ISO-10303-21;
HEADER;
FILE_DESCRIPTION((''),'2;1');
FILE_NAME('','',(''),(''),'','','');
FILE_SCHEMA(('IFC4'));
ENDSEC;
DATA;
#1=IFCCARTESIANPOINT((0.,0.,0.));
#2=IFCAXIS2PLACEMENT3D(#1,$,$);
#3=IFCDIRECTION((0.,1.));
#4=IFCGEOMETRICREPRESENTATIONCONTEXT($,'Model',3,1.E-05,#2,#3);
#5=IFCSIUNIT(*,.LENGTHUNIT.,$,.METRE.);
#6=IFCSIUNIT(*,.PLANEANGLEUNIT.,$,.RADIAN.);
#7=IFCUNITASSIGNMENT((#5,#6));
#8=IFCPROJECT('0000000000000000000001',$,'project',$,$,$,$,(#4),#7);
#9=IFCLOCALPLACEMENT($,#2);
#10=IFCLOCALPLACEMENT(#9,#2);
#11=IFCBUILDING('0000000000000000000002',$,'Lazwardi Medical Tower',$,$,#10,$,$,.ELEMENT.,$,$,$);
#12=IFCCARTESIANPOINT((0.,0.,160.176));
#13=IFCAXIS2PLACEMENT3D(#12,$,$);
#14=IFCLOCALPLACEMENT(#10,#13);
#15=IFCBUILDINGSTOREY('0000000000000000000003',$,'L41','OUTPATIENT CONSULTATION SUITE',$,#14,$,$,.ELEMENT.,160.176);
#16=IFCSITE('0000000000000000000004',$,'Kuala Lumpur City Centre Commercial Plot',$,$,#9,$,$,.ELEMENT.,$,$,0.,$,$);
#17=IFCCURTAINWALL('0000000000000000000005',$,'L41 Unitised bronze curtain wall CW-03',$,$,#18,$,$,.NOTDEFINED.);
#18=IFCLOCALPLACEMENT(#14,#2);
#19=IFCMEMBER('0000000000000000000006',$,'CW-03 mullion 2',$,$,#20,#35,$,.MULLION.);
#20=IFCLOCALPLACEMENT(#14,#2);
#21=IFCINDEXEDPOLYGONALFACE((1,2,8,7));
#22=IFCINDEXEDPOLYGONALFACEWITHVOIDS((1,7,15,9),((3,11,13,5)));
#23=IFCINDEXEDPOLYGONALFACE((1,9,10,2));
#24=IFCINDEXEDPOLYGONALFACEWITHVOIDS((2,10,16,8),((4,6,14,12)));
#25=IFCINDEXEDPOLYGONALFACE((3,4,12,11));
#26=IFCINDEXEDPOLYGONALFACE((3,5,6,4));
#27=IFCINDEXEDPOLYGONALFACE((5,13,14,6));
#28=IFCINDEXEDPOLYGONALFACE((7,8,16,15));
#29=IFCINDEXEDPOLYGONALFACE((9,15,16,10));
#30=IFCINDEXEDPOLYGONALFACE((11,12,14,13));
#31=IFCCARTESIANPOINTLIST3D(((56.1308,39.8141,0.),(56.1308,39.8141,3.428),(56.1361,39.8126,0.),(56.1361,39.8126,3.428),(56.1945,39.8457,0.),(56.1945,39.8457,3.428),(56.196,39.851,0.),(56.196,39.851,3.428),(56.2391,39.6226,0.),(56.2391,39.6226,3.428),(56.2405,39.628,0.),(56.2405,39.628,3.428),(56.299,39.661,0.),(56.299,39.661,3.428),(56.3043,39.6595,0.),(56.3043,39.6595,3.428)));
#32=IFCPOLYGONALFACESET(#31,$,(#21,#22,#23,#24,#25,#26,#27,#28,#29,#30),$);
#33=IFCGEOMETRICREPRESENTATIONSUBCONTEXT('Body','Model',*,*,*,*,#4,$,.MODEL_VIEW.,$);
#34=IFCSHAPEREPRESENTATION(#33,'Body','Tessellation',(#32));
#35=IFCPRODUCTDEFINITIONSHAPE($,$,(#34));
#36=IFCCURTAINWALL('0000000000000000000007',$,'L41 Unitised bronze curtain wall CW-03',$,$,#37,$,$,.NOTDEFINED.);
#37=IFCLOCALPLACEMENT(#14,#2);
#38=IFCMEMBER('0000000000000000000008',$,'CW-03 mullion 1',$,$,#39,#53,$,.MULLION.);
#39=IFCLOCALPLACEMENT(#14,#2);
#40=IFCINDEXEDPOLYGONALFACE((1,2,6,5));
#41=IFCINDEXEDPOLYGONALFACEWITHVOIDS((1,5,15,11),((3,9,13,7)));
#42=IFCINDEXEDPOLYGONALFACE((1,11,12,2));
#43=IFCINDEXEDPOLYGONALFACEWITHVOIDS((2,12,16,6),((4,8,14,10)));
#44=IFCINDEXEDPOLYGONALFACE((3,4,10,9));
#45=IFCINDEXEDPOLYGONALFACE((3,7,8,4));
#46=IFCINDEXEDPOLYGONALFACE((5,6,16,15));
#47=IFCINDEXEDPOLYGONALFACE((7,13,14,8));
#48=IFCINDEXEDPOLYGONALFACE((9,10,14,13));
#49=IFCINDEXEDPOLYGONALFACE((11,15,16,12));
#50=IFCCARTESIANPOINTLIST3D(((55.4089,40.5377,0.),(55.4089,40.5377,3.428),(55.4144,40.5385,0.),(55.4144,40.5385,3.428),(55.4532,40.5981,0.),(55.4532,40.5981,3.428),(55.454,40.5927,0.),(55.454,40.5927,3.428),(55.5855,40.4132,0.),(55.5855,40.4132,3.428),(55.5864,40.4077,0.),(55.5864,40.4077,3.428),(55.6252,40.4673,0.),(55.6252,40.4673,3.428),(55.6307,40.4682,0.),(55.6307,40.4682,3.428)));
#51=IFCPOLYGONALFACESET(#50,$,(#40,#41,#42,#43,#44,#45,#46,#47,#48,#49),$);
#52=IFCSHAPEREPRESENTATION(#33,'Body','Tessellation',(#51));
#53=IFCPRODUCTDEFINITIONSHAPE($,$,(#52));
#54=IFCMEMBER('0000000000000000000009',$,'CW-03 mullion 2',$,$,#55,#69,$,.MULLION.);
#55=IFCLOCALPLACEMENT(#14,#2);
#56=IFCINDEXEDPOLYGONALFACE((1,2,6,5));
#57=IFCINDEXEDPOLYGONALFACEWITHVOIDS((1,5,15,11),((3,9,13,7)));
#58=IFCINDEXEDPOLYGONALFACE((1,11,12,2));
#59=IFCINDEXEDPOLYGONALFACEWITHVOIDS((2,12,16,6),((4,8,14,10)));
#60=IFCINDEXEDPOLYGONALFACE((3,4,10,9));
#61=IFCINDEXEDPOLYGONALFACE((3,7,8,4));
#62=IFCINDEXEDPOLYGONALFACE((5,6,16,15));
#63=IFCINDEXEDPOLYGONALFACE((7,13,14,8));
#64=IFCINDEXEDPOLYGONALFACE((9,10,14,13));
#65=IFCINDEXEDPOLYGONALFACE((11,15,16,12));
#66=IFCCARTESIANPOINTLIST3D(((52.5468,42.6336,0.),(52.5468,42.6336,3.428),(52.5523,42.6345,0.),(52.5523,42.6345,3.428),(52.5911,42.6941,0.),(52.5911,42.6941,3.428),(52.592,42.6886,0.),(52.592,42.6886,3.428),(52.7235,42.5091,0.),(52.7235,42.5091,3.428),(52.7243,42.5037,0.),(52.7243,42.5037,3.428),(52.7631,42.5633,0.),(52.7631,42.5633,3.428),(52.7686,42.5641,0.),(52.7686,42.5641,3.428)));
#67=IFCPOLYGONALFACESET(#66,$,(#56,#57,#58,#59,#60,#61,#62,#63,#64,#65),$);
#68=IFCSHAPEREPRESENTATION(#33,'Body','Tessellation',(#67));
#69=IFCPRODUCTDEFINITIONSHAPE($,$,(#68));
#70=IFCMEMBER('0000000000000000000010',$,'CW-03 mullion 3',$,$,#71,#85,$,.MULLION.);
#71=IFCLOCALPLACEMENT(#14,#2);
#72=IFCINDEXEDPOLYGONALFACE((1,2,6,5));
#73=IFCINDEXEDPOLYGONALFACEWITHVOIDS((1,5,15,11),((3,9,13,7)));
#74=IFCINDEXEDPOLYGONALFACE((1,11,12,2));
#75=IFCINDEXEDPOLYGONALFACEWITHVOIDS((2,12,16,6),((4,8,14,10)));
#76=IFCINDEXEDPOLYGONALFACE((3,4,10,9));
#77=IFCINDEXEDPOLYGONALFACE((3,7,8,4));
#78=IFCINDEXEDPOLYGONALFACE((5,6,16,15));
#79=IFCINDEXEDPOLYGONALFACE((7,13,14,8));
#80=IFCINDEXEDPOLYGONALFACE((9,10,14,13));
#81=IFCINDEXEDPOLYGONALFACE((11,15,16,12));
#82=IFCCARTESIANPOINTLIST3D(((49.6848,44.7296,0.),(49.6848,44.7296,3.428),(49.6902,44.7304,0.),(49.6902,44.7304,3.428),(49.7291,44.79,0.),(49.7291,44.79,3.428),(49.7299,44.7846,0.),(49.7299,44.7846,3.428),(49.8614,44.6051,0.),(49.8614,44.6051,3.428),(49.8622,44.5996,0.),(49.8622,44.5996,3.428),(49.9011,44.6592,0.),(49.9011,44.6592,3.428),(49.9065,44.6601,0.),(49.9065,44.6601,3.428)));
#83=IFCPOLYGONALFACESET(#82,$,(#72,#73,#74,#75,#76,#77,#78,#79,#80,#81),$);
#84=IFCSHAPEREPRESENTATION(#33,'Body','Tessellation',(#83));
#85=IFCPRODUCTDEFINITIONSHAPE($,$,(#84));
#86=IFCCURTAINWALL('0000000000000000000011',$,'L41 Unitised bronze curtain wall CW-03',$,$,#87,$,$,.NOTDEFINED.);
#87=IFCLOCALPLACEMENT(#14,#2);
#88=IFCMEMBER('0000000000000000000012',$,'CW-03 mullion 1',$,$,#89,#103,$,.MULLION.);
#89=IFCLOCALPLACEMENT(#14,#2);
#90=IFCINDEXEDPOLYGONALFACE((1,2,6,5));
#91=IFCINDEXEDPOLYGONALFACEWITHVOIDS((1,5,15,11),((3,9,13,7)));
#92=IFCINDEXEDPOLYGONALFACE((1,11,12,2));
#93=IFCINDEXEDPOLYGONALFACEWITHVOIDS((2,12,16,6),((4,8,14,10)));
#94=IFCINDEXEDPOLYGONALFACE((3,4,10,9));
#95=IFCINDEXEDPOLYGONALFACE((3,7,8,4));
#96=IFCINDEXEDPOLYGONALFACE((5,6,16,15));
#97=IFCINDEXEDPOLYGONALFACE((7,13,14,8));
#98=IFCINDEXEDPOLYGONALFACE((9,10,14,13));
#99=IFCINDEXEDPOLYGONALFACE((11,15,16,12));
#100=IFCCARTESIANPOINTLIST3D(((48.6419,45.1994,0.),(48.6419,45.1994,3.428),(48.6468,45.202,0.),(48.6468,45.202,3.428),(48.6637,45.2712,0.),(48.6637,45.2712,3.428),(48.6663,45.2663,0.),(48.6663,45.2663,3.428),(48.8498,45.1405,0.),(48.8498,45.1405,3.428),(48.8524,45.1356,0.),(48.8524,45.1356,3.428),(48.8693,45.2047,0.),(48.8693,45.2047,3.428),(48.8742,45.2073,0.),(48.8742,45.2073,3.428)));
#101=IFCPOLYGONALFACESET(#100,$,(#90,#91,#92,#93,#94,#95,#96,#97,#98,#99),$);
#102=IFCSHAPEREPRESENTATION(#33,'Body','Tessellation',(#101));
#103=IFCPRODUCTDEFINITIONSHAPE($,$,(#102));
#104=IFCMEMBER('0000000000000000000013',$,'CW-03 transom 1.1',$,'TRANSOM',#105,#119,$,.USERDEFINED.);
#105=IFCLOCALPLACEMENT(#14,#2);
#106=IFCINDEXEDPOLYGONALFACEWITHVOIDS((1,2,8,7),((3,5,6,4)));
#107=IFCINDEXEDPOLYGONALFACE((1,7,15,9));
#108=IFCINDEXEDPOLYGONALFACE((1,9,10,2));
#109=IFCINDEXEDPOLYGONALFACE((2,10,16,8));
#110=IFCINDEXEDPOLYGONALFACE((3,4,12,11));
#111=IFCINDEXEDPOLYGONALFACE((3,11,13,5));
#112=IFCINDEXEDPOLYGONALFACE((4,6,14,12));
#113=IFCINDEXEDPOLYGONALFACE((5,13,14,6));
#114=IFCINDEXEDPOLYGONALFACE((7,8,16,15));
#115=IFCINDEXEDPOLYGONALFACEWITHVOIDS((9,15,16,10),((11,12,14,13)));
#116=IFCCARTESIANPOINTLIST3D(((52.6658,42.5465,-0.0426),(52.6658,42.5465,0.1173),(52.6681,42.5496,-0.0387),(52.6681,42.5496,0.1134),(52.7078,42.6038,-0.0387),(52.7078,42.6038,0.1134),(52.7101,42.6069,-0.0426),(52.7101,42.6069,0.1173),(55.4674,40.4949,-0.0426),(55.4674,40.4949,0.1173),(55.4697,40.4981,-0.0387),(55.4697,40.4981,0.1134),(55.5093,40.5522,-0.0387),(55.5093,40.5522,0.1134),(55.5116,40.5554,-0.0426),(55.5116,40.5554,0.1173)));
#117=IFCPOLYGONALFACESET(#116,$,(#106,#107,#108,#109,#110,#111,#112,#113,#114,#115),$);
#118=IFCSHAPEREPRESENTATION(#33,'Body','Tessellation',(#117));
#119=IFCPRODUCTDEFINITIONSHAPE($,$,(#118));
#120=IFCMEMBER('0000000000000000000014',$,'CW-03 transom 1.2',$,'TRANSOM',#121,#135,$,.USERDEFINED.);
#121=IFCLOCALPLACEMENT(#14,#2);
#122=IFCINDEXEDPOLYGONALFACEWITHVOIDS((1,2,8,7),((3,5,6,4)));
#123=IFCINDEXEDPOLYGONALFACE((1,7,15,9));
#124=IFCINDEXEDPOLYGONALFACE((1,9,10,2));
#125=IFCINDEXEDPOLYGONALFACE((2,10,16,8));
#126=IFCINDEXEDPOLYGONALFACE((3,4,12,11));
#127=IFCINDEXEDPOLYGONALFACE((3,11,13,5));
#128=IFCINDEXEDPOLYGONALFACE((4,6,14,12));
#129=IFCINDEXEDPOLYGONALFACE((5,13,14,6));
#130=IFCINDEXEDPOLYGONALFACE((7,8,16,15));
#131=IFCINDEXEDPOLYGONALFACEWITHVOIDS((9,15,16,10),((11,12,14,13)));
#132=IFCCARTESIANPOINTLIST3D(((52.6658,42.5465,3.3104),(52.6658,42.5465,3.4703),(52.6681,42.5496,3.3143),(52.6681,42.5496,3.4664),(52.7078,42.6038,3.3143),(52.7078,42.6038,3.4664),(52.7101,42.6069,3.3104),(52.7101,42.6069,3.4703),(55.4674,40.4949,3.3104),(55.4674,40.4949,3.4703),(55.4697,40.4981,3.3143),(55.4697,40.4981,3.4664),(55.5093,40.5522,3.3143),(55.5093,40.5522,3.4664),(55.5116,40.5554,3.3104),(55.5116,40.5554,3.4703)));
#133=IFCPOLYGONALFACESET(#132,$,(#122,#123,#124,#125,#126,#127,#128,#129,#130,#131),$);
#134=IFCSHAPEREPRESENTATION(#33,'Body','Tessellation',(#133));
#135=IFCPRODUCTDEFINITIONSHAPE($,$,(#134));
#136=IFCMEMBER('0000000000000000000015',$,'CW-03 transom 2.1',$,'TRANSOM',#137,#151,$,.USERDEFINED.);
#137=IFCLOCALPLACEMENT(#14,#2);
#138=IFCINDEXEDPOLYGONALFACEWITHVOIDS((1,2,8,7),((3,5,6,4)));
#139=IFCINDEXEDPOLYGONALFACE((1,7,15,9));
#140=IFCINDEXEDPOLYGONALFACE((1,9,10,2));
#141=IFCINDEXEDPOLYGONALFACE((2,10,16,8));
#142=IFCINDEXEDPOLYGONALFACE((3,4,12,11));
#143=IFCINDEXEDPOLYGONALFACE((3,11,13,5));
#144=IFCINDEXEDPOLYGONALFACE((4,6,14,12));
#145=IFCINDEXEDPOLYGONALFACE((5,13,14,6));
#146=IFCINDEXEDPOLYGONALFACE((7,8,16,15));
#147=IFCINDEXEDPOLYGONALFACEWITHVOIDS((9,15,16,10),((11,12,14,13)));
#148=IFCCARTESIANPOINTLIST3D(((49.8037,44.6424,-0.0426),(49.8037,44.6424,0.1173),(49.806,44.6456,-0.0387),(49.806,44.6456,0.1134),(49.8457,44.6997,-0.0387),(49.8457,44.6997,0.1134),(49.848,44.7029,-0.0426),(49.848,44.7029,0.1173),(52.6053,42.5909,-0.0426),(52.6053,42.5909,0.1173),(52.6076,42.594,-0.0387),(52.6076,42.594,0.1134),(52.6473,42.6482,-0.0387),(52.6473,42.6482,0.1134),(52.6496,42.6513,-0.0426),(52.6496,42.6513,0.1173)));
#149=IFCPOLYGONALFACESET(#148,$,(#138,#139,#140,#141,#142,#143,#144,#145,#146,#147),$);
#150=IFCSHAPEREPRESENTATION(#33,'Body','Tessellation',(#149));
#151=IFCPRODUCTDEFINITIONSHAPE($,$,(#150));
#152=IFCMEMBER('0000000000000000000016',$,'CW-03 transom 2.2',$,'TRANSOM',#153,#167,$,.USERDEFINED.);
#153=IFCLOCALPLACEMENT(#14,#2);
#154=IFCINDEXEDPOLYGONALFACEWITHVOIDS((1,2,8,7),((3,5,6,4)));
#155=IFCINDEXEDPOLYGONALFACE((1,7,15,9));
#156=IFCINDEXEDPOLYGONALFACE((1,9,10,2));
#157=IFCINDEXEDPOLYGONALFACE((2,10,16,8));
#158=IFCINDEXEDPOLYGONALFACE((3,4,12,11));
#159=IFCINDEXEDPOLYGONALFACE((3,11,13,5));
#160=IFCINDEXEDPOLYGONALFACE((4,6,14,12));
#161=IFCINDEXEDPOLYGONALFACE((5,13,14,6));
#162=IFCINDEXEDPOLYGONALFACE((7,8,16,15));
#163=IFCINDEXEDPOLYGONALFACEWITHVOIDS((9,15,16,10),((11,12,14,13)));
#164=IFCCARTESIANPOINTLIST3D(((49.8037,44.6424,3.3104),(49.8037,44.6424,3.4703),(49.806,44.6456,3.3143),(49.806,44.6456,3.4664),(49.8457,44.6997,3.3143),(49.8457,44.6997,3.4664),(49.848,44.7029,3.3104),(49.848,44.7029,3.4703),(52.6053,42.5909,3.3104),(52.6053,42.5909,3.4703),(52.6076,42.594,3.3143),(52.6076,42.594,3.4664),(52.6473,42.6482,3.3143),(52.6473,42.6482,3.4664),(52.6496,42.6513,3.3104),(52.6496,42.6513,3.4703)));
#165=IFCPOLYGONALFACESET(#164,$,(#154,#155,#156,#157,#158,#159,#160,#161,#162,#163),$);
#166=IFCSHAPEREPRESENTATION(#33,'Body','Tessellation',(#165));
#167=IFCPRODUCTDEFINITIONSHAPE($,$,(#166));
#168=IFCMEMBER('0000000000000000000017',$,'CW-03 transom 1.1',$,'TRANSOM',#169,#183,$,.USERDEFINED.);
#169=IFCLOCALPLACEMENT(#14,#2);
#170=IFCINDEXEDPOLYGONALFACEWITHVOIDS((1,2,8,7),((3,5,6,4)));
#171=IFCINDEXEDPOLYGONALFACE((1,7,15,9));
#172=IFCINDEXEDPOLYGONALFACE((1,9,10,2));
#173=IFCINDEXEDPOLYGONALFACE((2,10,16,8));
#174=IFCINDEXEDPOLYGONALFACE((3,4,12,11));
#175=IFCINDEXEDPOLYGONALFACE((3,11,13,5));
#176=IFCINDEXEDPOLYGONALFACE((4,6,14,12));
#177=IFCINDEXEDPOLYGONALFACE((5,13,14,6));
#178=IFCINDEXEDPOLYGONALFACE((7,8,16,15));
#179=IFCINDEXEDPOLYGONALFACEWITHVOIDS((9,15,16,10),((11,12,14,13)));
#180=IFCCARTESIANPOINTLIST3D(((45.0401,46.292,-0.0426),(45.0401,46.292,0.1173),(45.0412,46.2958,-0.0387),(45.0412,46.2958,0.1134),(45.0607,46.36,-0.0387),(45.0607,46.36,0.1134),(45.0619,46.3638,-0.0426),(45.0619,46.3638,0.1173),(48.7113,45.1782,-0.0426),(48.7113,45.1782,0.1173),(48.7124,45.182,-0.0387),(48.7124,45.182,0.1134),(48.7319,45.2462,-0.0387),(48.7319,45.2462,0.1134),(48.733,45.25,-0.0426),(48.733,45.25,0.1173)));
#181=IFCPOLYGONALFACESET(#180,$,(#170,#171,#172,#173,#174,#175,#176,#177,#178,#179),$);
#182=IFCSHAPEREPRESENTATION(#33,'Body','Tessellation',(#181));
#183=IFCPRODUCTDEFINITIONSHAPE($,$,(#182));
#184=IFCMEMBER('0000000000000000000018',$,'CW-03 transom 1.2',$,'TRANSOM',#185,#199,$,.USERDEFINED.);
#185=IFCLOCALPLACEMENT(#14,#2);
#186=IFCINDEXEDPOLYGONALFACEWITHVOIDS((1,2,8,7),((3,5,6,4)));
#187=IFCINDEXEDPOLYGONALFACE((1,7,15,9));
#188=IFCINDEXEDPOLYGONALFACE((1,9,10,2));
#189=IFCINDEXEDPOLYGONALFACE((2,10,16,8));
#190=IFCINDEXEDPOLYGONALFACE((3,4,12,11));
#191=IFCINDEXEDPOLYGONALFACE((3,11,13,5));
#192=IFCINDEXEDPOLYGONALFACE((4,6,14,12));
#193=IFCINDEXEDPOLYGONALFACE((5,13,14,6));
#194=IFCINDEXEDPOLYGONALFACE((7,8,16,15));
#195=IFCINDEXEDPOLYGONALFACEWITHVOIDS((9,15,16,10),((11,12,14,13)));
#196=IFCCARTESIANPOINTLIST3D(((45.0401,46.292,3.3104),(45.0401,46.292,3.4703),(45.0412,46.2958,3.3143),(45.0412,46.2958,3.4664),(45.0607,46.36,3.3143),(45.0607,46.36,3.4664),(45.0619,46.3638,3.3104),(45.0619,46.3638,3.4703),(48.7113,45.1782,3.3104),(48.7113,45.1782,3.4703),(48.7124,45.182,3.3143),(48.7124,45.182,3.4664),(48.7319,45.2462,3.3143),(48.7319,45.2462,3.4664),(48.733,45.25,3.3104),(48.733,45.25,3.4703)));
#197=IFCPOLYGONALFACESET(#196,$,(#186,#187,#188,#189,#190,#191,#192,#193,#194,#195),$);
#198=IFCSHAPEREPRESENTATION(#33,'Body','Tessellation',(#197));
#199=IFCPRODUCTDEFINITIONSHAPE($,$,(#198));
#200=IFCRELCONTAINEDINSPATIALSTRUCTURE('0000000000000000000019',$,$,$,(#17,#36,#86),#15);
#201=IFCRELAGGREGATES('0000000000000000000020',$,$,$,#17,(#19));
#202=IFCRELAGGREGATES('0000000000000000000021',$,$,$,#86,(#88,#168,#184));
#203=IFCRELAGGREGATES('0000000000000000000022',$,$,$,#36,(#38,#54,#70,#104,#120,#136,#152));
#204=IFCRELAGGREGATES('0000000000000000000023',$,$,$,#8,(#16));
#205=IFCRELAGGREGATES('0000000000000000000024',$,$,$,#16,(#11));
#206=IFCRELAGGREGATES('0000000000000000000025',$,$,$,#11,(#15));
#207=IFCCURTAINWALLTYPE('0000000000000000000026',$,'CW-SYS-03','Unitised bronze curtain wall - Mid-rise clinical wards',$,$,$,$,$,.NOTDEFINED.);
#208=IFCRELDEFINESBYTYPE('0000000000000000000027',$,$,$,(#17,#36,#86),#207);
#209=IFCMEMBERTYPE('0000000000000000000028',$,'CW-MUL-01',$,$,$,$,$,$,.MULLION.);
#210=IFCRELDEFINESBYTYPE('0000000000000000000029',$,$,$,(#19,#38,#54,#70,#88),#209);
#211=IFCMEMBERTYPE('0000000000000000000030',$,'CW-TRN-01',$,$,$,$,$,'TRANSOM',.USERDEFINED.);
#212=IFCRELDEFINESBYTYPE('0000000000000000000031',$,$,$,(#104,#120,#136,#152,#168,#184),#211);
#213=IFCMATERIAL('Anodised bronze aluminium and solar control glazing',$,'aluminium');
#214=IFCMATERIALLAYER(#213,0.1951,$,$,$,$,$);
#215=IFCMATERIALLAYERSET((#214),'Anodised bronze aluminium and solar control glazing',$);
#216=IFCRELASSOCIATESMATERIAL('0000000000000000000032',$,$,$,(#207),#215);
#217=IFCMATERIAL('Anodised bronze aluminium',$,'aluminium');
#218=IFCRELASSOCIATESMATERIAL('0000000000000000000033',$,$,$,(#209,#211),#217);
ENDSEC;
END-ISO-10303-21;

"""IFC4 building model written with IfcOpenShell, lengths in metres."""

from ifc_helpers import new_model, si_unit, direction, frame, origin, origin_2d, place, context, subcontext, project, spatial, hollow_rectangle, extrude, material, layer, layer_set, material_profile, profile_set, type_object, element, aggregate, save


model = new_model("IFC4")

# Units and contexts
model_context = context("Model", 3, precision=1e-05, world=origin(), true_north=direction((0.0, 1.0)))
body_context = subcontext(model_context, "Body", "Model", "MODEL_VIEW")
ifc_project = project(units=[si_unit("LENGTHUNIT", "METRE"), si_unit("PLANEANGLEUNIT", "RADIAN")], contexts=[model_context])

# Site, building, storey
site_placement = place(None, origin())
site = spatial("IfcSite", under=ifc_project, at=site_placement, Name="Kuala Lumpur City Centre Commercial Plot", CompositionType="ELEMENT", RefElevation=0.0)
building_placement = place(site_placement, origin())
building = spatial("IfcBuilding", under=site, at=building_placement, Name="Lazwardi Medical Tower", CompositionType="ELEMENT")
storey_placement = place(building_placement, frame((0.0, 0.0, 160.176)))
storey = spatial("IfcBuildingStorey", under=building, at=storey_placement, Name="L41", Description="OUTPATIENT CONSULTATION SUITE", CompositionType="ELEMENT", Elevation=160.176)

# Curtain wall, member
ifc_material_1 = material(Name="Anodised bronze aluminium and solar control glazing", Category="aluminium")
ifc_layer_1 = layer(ifc_material_1, 0.1951)
ifc_layer_set_1 = layer_set([ifc_layer_1], Name="Anodised bronze aluminium and solar control glazing")
curtain_wall_type = type_object("IfcCurtainWallType", Name="CW-SYS-03", Description="Unitised bronze curtain wall - Mid-rise clinical wards", PredefinedType="NOTDEFINED", material=ifc_layer_set_1)
curtain_wall_1_placement = place(storey_placement, origin())
curtain_wall_1 = element("IfcCurtainWall", 1, at=curtain_wall_1_placement, inside=storey, type_object=curtain_wall_type, Name="L41 Unitised bronze curtain wall CW-03", PredefinedType="NOTDEFINED")
ifc_material_2 = material(Name="Anodised bronze aluminium", Category="aluminium")
ifc_material_profile_1 = material_profile(ifc_material_2, hollow_rectangle(XDim=0.075, YDim=0.22, WallThickness=0.0039, at=origin_2d()), Name="ALU-MULLION 220x75x4")
ifc_profile_set_1 = profile_set([ifc_material_profile_1], Name="Anodised bronze aluminium")
member_type_1 = type_object("IfcMemberType", Name="CW-MUL-01", PredefinedType="MULLION", material=ifc_profile_set_1)
member_1_placement = place(storey_placement, frame((56.2175, 39.7368, 0.0), z_axis=(0.0, 0.0, 1.0), x_axis=(-0.870419, -0.492312, 0.0)))
member_1 = element("IfcMember", 2, at=member_1_placement, type_object=member_type_1, Name="CW-03 mullion 2", PredefinedType="MULLION", context=body_context, shape_type="SweptSolid", body=[
    extrude(hollow_rectangle(XDim=0.075, YDim=0.22, WallThickness=0.0039, at=origin_2d()), origin(), (0.0, 0.0, 1.0), 3.428),
])
aggregate(curtain_wall_1, [member_1])

# Curtain wall, members
curtain_wall_2_placement = place(storey_placement, origin())
curtain_wall_2 = element("IfcCurtainWall", 3, at=curtain_wall_2_placement, inside=storey, type_object=curtain_wall_type, Name="L41 Unitised bronze curtain wall CW-03", PredefinedType="NOTDEFINED")
member_2_placement = place(storey_placement, frame((55.5198, 40.5029, 0.0), z_axis=(0.0, 0.0, 1.0), x_axis=(-0.590834, -0.806793, 0.0)))
member_2 = element("IfcMember", 4, at=member_2_placement, type_object=member_type_1, Name="CW-03 mullion 1", PredefinedType="MULLION", context=body_context, shape_type="SweptSolid", body=[
    extrude(hollow_rectangle(XDim=0.075, YDim=0.22, WallThickness=0.0039, at=origin_2d()), origin(), (0.0, 0.0, 1.0), 3.428),
])
member_3_placement = place(storey_placement, frame((52.6577, 42.5989, 0.0), z_axis=(0.0, 0.0, 1.0), x_axis=(-0.590834, -0.806793, 0.0)))
member_3 = element("IfcMember", 5, at=member_3_placement, type_object=member_type_1, Name="CW-03 mullion 2", PredefinedType="MULLION", context=body_context, shape_type="SweptSolid", body=[
    extrude(hollow_rectangle(XDim=0.075, YDim=0.22, WallThickness=0.0039, at=origin_2d()), origin(), (0.0, 0.0, 1.0), 3.428),
])
member_4_placement = place(storey_placement, frame((49.7957, 44.6948, 0.0), z_axis=(0.0, 0.0, 1.0), x_axis=(-0.590834, -0.806793, 0.0)))
member_4 = element("IfcMember", 6, at=member_4_placement, type_object=member_type_1, Name="CW-03 mullion 3", PredefinedType="MULLION", context=body_context, shape_type="SweptSolid", body=[
    extrude(hollow_rectangle(XDim=0.075, YDim=0.22, WallThickness=0.0039, at=origin_2d()), origin(), (0.0, 0.0, 1.0), 3.428),
])

# Curtain wall, member
curtain_wall_3_placement = place(storey_placement, origin())
curtain_wall_3 = element("IfcCurtainWall", 7, at=curtain_wall_3_placement, inside=storey, type_object=curtain_wall_type, Name="L41 Unitised bronze curtain wall CW-03", PredefinedType="NOTDEFINED")
member_5_placement = place(storey_placement, frame((48.7581, 45.2034, 0.0), z_axis=(0.0, 0.0, 1.0), x_axis=(-0.290281, -0.956942, 0.0)))
member_5 = element("IfcMember", 8, at=member_5_placement, type_object=member_type_1, Name="CW-03 mullion 1", PredefinedType="MULLION", context=body_context, shape_type="SweptSolid", body=[
    extrude(hollow_rectangle(XDim=0.075, YDim=0.22, WallThickness=0.0039, at=origin_2d()), origin(), (0.0, 0.0, 1.0), 3.428),
])

# Members
ifc_material_profile_2 = material_profile(ifc_material_2, hollow_rectangle(XDim=0.075, YDim=0.1599, WallThickness=0.0039, at=origin_2d()), Name="ALU-TRANSOM 160x75x4")
ifc_profile_set_2 = profile_set([ifc_material_profile_2], Name="Anodised bronze aluminium")
member_type_2 = type_object("IfcMemberType", Name="CW-TRN-01", ElementType="TRANSOM", PredefinedType="USERDEFINED", material=ifc_profile_set_2)
member_6_placement = place(storey_placement, frame((55.4895, 40.5251, 0.0374), z_axis=(-0.806807, 0.590815, 0.0), x_axis=(-0.590815, -0.806807, 0.0)))
member_6 = element("IfcMember", 9, at=member_6_placement, type_object=member_type_2, Name="CW-03 transom 1.1", ObjectType="TRANSOM", PredefinedType="USERDEFINED", context=body_context, shape_type="SweptSolid", body=[
    extrude(hollow_rectangle(XDim=0.075, YDim=0.1599, WallThickness=0.0039, at=origin_2d()), origin(), (0.0, 0.0, 1.0), 3.4724),
])
member_7_placement = place(storey_placement, frame((55.4895, 40.5251, 3.3904), z_axis=(-0.806807, 0.590815, 0.0), x_axis=(-0.590815, -0.806807, 0.0)))
member_7 = element("IfcMember", 10, at=member_7_placement, type_object=member_type_2, Name="CW-03 transom 1.2", ObjectType="TRANSOM", PredefinedType="USERDEFINED", context=body_context, shape_type="SweptSolid", body=[
    extrude(hollow_rectangle(XDim=0.075, YDim=0.1599, WallThickness=0.0039, at=origin_2d()), origin(), (0.0, 0.0, 1.0), 3.4724),
])
member_8_placement = place(storey_placement, frame((52.6274, 42.6211, 0.0374), z_axis=(-0.806807, 0.590815, 0.0), x_axis=(-0.590815, -0.806807, 0.0)))
member_8 = element("IfcMember", 11, at=member_8_placement, type_object=member_type_2, Name="CW-03 transom 2.1", ObjectType="TRANSOM", PredefinedType="USERDEFINED", context=body_context, shape_type="SweptSolid", body=[
    extrude(hollow_rectangle(XDim=0.075, YDim=0.1599, WallThickness=0.0039, at=origin_2d()), origin(), (0.0, 0.0, 1.0), 3.4724),
])
member_9_placement = place(storey_placement, frame((52.6274, 42.6211, 3.3904), z_axis=(-0.806807, 0.590815, 0.0), x_axis=(-0.590815, -0.806807, 0.0)))
member_9 = element("IfcMember", 12, at=member_9_placement, type_object=member_type_2, Name="CW-03 transom 2.2", ObjectType="TRANSOM", PredefinedType="USERDEFINED", context=body_context, shape_type="SweptSolid", body=[
    extrude(hollow_rectangle(XDim=0.075, YDim=0.1599, WallThickness=0.0039, at=origin_2d()), origin(), (0.0, 0.0, 1.0), 3.4724),
])
member_10_placement = place(storey_placement, frame((48.7222, 45.2141, 0.0374), z_axis=(-0.95693, 0.290318, 0.0), x_axis=(-0.290318, -0.95693, 0.0)))
member_10 = element("IfcMember", 13, at=member_10_placement, type_object=member_type_2, Name="CW-03 transom 1.1", ObjectType="TRANSOM", PredefinedType="USERDEFINED", context=body_context, shape_type="SweptSolid", body=[
    extrude(hollow_rectangle(XDim=0.075, YDim=0.1599, WallThickness=0.0039, at=origin_2d()), origin(), (0.0, 0.0, 1.0), 3.8364),
])
member_11_placement = place(storey_placement, frame((48.7222, 45.2141, 3.3904), z_axis=(-0.95693, 0.290318, 0.0), x_axis=(-0.290318, -0.95693, 0.0)))
member_11 = element("IfcMember", 14, at=member_11_placement, type_object=member_type_2, Name="CW-03 transom 1.2", ObjectType="TRANSOM", PredefinedType="USERDEFINED", context=body_context, shape_type="SweptSolid", body=[
    extrude(hollow_rectangle(XDim=0.075, YDim=0.1599, WallThickness=0.0039, at=origin_2d()), origin(), (0.0, 0.0, 1.0), 3.8364),
])
aggregate(curtain_wall_3, [member_5, member_10, member_11])

aggregate(curtain_wall_2, [member_2, member_3, member_4, member_6, member_7, member_8, member_9])

save(model, "model.ifc")
